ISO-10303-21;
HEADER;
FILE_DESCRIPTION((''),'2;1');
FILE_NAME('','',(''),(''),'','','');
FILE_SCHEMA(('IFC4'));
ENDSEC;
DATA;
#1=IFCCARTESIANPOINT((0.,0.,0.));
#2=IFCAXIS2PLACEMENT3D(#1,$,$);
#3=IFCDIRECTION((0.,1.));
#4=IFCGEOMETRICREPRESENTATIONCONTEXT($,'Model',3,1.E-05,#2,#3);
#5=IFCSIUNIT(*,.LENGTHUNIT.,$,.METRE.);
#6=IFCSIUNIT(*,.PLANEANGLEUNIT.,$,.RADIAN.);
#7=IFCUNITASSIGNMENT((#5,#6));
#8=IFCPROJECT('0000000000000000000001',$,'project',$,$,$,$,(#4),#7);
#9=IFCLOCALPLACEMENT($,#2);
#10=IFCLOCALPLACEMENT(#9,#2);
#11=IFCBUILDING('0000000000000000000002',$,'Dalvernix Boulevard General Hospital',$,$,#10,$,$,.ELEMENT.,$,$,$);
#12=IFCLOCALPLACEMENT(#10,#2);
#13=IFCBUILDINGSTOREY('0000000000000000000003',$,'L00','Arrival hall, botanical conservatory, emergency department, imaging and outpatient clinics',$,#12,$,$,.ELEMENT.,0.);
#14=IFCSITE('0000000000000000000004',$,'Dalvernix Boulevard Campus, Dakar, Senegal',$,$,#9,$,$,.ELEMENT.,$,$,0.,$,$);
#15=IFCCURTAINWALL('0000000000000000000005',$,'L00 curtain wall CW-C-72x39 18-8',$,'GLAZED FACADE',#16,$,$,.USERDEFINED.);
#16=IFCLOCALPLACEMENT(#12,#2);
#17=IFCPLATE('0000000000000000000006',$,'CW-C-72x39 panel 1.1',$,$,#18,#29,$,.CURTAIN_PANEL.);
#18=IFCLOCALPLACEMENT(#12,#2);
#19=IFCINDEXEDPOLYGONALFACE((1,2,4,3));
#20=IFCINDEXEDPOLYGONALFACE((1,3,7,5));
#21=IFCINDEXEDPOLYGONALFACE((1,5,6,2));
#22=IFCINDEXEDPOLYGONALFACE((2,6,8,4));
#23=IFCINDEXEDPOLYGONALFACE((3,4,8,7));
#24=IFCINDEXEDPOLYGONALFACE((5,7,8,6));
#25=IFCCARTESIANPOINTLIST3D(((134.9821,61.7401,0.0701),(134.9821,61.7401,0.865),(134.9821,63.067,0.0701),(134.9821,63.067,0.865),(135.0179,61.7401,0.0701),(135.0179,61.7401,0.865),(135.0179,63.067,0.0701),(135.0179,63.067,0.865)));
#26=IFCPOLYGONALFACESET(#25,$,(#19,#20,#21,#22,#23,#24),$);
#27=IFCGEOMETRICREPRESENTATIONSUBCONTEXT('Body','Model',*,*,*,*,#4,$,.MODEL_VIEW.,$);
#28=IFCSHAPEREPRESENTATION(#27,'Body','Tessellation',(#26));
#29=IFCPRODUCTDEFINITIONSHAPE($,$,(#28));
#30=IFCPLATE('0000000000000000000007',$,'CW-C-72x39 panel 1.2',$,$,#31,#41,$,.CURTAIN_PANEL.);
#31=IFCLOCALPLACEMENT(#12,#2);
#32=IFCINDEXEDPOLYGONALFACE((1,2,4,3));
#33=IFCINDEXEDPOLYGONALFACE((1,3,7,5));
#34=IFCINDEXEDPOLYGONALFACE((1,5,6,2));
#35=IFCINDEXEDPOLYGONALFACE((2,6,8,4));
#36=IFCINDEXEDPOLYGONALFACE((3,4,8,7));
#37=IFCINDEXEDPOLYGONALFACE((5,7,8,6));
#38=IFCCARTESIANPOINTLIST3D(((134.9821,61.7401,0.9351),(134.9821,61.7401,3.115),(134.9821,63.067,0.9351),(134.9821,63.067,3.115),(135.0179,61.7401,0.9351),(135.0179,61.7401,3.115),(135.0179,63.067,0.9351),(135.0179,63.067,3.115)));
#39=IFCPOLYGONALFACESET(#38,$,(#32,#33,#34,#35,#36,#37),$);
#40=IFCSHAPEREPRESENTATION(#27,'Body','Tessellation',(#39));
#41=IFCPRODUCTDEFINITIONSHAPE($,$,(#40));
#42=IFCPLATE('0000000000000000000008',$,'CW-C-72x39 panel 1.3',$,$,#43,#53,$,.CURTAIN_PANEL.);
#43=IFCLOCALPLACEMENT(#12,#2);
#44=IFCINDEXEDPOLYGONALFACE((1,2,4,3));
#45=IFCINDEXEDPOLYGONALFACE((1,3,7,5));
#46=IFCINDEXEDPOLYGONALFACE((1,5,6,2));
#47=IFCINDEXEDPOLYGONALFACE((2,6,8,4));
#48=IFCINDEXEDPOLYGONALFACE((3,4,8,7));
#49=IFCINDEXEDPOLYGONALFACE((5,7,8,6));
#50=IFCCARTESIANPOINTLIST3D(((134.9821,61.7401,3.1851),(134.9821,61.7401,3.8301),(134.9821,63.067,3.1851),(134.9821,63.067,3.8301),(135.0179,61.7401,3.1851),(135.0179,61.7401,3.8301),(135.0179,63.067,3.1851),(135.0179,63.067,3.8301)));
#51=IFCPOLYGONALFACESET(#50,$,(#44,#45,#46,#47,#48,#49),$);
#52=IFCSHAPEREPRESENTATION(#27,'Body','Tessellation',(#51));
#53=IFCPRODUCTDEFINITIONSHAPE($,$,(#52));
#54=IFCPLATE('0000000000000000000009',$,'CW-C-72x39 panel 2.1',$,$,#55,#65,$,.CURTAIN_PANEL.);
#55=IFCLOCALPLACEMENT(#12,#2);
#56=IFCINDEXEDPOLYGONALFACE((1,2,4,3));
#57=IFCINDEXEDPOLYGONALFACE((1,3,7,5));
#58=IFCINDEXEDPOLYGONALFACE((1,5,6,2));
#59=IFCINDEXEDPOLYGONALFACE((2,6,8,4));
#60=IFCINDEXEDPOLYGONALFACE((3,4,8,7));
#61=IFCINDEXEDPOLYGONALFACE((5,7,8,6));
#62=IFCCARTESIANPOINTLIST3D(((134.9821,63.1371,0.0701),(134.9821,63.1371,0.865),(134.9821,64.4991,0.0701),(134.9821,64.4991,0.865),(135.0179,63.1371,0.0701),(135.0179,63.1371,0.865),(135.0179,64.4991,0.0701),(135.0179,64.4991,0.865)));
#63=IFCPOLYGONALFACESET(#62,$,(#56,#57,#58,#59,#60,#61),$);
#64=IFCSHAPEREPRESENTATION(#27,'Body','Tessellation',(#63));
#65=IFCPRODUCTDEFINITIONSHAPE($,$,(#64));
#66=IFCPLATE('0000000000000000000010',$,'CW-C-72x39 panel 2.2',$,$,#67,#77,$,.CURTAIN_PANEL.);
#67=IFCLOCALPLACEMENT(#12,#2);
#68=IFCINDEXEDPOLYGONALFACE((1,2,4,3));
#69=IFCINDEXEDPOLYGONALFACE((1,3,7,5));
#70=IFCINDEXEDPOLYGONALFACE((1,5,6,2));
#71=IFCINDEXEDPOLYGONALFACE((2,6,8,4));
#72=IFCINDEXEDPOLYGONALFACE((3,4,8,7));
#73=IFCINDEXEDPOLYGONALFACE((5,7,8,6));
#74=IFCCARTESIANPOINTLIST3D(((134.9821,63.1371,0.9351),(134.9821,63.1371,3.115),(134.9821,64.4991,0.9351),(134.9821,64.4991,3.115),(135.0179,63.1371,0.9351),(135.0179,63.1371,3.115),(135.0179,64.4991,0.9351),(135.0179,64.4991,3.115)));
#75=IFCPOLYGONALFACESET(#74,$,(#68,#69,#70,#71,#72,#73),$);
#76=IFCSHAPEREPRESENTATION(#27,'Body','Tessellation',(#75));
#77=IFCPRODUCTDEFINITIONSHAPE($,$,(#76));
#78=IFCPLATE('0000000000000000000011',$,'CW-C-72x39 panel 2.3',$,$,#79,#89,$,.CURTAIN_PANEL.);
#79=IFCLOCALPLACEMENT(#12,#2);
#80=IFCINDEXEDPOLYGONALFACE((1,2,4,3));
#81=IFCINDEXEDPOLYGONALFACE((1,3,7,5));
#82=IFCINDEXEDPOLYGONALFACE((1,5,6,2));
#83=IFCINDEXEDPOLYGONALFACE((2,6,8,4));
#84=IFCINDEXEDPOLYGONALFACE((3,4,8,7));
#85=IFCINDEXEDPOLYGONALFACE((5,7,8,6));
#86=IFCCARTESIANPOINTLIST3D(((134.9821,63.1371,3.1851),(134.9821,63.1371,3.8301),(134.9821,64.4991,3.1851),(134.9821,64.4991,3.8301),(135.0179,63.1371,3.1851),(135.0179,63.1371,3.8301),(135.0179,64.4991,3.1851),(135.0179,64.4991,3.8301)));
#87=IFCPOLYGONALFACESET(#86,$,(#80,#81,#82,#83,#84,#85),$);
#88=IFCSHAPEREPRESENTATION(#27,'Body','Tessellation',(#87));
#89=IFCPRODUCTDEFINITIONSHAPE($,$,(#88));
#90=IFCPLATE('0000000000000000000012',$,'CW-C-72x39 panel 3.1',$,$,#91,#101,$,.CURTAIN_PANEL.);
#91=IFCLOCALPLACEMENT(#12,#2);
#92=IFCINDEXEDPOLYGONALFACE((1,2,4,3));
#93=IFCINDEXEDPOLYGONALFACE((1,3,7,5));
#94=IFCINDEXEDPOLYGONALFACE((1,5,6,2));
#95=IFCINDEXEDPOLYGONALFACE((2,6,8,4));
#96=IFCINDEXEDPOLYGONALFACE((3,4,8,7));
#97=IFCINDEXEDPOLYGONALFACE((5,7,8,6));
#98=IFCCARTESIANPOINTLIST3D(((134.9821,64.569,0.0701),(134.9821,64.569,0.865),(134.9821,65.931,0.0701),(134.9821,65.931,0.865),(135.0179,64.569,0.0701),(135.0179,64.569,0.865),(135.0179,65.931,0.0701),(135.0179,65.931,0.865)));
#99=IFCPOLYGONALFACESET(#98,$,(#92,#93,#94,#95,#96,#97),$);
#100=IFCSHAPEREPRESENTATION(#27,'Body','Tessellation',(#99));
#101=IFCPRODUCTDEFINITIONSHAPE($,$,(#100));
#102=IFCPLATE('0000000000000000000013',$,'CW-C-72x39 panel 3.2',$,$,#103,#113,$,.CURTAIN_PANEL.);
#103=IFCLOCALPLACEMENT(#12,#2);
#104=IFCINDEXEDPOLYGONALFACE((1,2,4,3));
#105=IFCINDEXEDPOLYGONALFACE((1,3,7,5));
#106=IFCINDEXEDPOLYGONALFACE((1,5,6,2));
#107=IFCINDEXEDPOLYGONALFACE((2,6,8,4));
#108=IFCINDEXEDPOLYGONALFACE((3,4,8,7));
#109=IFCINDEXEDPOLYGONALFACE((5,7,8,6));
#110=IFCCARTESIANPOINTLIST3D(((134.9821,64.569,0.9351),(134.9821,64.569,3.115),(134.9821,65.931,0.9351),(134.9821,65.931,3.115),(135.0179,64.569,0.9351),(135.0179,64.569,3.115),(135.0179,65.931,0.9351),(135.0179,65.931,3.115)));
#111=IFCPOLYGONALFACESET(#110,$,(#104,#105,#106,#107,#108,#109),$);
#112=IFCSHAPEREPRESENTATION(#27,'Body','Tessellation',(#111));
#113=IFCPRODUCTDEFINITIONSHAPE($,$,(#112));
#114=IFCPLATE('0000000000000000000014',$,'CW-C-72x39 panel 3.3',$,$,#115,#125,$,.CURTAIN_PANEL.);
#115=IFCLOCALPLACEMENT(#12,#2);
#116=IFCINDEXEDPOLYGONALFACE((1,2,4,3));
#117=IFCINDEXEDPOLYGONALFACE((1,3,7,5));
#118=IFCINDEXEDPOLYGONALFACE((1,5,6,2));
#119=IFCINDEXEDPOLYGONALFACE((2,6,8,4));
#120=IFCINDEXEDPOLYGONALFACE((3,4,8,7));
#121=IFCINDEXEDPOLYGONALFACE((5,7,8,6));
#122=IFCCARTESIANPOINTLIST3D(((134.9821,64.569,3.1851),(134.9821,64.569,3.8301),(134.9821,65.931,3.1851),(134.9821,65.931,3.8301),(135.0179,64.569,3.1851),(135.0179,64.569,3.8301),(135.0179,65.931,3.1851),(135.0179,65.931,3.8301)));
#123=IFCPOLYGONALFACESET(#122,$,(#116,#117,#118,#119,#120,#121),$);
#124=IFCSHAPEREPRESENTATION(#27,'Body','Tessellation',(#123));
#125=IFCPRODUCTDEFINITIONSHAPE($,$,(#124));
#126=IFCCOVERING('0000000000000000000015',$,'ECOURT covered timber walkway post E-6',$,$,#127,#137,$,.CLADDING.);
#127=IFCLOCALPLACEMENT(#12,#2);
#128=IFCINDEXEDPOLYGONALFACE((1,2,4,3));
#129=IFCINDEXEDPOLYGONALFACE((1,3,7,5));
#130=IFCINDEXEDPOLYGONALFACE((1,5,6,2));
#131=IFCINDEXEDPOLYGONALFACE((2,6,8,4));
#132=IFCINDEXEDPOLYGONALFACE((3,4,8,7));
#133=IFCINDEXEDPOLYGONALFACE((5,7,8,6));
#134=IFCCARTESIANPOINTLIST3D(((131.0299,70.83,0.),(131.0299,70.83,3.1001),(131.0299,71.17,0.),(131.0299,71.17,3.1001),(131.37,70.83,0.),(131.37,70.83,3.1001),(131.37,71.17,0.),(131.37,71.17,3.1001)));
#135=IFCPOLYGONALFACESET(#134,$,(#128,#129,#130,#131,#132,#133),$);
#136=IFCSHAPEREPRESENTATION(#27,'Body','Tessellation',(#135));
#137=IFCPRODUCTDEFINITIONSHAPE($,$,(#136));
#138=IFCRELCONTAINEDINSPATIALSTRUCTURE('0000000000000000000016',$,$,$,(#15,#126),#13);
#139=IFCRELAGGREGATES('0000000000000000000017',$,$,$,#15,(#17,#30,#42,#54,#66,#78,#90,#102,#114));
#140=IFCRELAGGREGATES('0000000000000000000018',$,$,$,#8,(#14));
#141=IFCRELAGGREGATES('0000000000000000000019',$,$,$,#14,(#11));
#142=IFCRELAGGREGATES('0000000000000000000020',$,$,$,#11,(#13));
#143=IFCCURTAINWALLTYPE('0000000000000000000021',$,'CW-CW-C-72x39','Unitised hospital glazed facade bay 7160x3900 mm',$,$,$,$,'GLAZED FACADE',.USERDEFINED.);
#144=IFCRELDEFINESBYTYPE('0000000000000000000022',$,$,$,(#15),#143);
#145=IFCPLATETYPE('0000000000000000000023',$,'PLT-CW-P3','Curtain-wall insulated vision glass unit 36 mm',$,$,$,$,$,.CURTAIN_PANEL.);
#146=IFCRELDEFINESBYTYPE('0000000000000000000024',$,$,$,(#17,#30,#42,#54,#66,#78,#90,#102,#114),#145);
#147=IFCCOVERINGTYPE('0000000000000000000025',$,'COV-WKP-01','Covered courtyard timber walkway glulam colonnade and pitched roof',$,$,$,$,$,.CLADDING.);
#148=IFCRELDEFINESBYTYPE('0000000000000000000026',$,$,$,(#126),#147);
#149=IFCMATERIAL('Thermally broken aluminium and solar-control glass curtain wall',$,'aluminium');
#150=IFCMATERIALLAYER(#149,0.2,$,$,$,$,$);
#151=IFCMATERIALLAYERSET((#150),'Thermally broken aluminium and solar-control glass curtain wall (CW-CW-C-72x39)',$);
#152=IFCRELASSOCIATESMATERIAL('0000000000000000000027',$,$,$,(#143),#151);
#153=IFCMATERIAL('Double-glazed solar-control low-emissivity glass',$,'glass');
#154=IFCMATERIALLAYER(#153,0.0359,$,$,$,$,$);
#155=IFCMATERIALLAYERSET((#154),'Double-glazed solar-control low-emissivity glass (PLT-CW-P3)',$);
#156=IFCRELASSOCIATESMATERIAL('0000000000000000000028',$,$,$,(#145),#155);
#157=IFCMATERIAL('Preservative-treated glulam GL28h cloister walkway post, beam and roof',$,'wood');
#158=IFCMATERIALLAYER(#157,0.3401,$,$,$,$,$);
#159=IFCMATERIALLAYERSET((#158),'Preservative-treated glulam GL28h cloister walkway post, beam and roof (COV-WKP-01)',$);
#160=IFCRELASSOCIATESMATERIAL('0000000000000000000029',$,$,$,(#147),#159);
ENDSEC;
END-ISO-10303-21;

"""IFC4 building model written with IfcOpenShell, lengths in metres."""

from ifc_helpers import new_model, si_unit, direction, frame, origin, origin_2d, place, context, subcontext, project, spatial, rectangle, extrude, material, layer, layer_set, type_object, element, aggregate, save


model = new_model("IFC4")

# Units and contexts
model_context = context("Model", 3, precision=1e-05, world=origin(), true_north=direction((0.0, 1.0)))
body_context = subcontext(model_context, "Body", "Model", "MODEL_VIEW")
ifc_project = project(units=[si_unit("LENGTHUNIT", "METRE"), si_unit("PLANEANGLEUNIT", "RADIAN")], contexts=[model_context])

# Site, building, storey
site_placement = place(None, origin())
site = spatial("IfcSite", under=ifc_project, at=site_placement, Name="Dalvernix Boulevard Campus, Dakar, Senegal", CompositionType="ELEMENT", RefElevation=0.0)
building_placement = place(site_placement, origin())
building = spatial("IfcBuilding", under=site, at=building_placement, Name="Dalvernix Boulevard General Hospital", CompositionType="ELEMENT")
storey_placement = place(building_placement, origin())
storey = spatial("IfcBuildingStorey", under=building, at=storey_placement, Name="L00", Description="Arrival hall, botanical conservatory, emergency department, imaging and outpatient clinics", CompositionType="ELEMENT", Elevation=0.0)

# Shared definitions
ifc_material_1 = material(Name="Thermally broken aluminium and solar-control glass curtain wall", Category="aluminium")

# Curtain wall
ifc_layer_1 = layer(ifc_material_1, 0.2)
ifc_layer_set_1 = layer_set([ifc_layer_1], Name="Thermally broken aluminium and solar-control glass curtain wall (CW-CW-C-72x39)")
curtain_wall_type_1 = type_object("IfcCurtainWallType", Name="CW-CW-C-72x39", Description="Unitised hospital glazed facade bay 7160x3900 mm", ElementType="GLAZED FACADE", PredefinedType="USERDEFINED", material=ifc_layer_set_1)
curtain_wall_1_placement = place(storey_placement, origin())
curtain_wall_1 = element("IfcCurtainWall", 1, at=curtain_wall_1_placement, inside=storey, type_object=curtain_wall_type_1, Name="L00 curtain wall CW-C-72x39 18-8", ObjectType="GLAZED FACADE", PredefinedType="USERDEFINED")

# Plates
ifc_material_2 = material(Name="Double-glazed solar-control low-emissivity glass", Category="glass")
ifc_layer_2 = layer(ifc_material_2, 0.0359)
ifc_layer_set_2 = layer_set([ifc_layer_2], Name="Double-glazed solar-control low-emissivity glass (PLT-CW-P3)")
plate_type_1 = type_object("IfcPlateType", Name="PLT-CW-P3", Description="Curtain-wall insulated vision glass unit 36 mm", PredefinedType="CURTAIN_PANEL", material=ifc_layer_set_2)
plate_1_placement = place(storey_placement, frame((135.0, 62.4036, 0.0701), z_axis=(0.0, 0.0, 1.0), x_axis=(0.0, 1.0, 0.0)))
plate_1 = element("IfcPlate", 2, at=plate_1_placement, type_object=plate_type_1, Name="CW-C-72x39 panel 1.1", PredefinedType="CURTAIN_PANEL", context=body_context, shape_type="SweptSolid", body=[
    extrude(rectangle(XDim=1.3269, YDim=0.0359, at=origin_2d()), origin(), (0.0, 0.0, 1.0), 0.7949),
])
plate_2_placement = place(storey_placement, frame((135.0, 62.4036, 0.9351), z_axis=(0.0, 0.0, 1.0), x_axis=(0.0, 1.0, 0.0)))
plate_2 = element("IfcPlate", 3, at=plate_2_placement, type_object=plate_type_1, Name="CW-C-72x39 panel 1.2", PredefinedType="CURTAIN_PANEL", context=body_context, shape_type="SweptSolid", body=[
    extrude(rectangle(XDim=1.3269, YDim=0.0359, at=origin_2d()), origin(), (0.0, 0.0, 1.0), 2.1799),
])
plate_3_placement = place(storey_placement, frame((135.0, 62.4036, 3.1851), z_axis=(0.0, 0.0, 1.0), x_axis=(0.0, 1.0, 0.0)))
plate_3 = element("IfcPlate", 4, at=plate_3_placement, type_object=plate_type_1, Name="CW-C-72x39 panel 1.3", PredefinedType="CURTAIN_PANEL", context=body_context, shape_type="SweptSolid", body=[
    extrude(rectangle(XDim=1.3269, YDim=0.0359, at=origin_2d()), origin(), (0.0, 0.0, 1.0), 0.645),
])
plate_4_placement = place(storey_placement, frame((135.0, 63.8181, 0.0701), z_axis=(0.0, 0.0, 1.0), x_axis=(0.0, 1.0, 0.0)))
plate_4 = element("IfcPlate", 5, at=plate_4_placement, type_object=plate_type_1, Name="CW-C-72x39 panel 2.1", PredefinedType="CURTAIN_PANEL", context=body_context, shape_type="SweptSolid", body=[
    extrude(rectangle(XDim=1.3621, YDim=0.0359, at=origin_2d()), origin(), (0.0, 0.0, 1.0), 0.7949),
])
plate_5_placement = place(storey_placement, frame((135.0, 63.8181, 0.9351), z_axis=(0.0, 0.0, 1.0), x_axis=(0.0, 1.0, 0.0)))
plate_5 = element("IfcPlate", 6, at=plate_5_placement, type_object=plate_type_1, Name="CW-C-72x39 panel 2.2", PredefinedType="CURTAIN_PANEL", context=body_context, shape_type="SweptSolid", body=[
    extrude(rectangle(XDim=1.3621, YDim=0.0359, at=origin_2d()), origin(), (0.0, 0.0, 1.0), 2.1799),
])
plate_6_placement = place(storey_placement, frame((135.0, 63.8181, 3.1851), z_axis=(0.0, 0.0, 1.0), x_axis=(0.0, 1.0, 0.0)))
plate_6 = element("IfcPlate", 7, at=plate_6_placement, type_object=plate_type_1, Name="CW-C-72x39 panel 2.3", PredefinedType="CURTAIN_PANEL", context=body_context, shape_type="SweptSolid", body=[
    extrude(rectangle(XDim=1.3621, YDim=0.0359, at=origin_2d()), origin(), (0.0, 0.0, 1.0), 0.645),
])
plate_7_placement = place(storey_placement, frame((135.0, 65.25, 0.0701), z_axis=(0.0, 0.0, 1.0), x_axis=(0.0, 1.0, 0.0)))
plate_7 = element("IfcPlate", 8, at=plate_7_placement, type_object=plate_type_1, Name="CW-C-72x39 panel 3.1", PredefinedType="CURTAIN_PANEL", context=body_context, shape_type="SweptSolid", body=[
    extrude(rectangle(XDim=1.3621, YDim=0.0359, at=origin_2d()), origin(), (0.0, 0.0, 1.0), 0.7949),
])
plate_8_placement = place(storey_placement, frame((135.0, 65.25, 0.9351), z_axis=(0.0, 0.0, 1.0), x_axis=(0.0, 1.0, 0.0)))
plate_8 = element("IfcPlate", 9, at=plate_8_placement, type_object=plate_type_1, Name="CW-C-72x39 panel 3.2", PredefinedType="CURTAIN_PANEL", context=body_context, shape_type="SweptSolid", body=[
    extrude(rectangle(XDim=1.3621, YDim=0.0359, at=origin_2d()), origin(), (0.0, 0.0, 1.0), 2.1799),
])
plate_9_placement = place(storey_placement, frame((135.0, 65.25, 3.1851), z_axis=(0.0, 0.0, 1.0), x_axis=(0.0, 1.0, 0.0)))
plate_9 = element("IfcPlate", 10, at=plate_9_placement, type_object=plate_type_1, Name="CW-C-72x39 panel 3.3", PredefinedType="CURTAIN_PANEL", context=body_context, shape_type="SweptSolid", body=[
    extrude(rectangle(XDim=1.3621, YDim=0.0359, at=origin_2d()), origin(), (0.0, 0.0, 1.0), 0.645),
])
aggregate(curtain_wall_1, [plate_1, plate_2, plate_3, plate_4, plate_5, plate_6, plate_7, plate_8, plate_9])

# Covering
ifc_material_3 = material(Name="Preservative-treated glulam GL28h cloister walkway post, beam and roof", Category="wood")
ifc_layer_3 = layer(ifc_material_3, 0.3401)
ifc_layer_set_3 = layer_set([ifc_layer_3], Name="Preservative-treated glulam GL28h cloister walkway post, beam and roof (COV-WKP-01)")
covering_type = type_object("IfcCoveringType", Name="COV-WKP-01", Description="Covered courtyard timber walkway glulam colonnade and pitched roof", PredefinedType="CLADDING", material=ifc_layer_set_3)
covering_placement = place(storey_placement, frame((131.2, 71.0, 0.0), z_axis=(0.0, 0.0, 1.0), x_axis=(1.0, 0.0, 0.0)))
element("IfcCovering", 11, at=covering_placement, inside=storey, type_object=covering_type, Name="ECOURT covered timber walkway post E-6", PredefinedType="CLADDING", context=body_context, shape_type="SweptSolid", body=[
    extrude(rectangle(XDim=0.3401, YDim=0.3401, at=origin_2d()), origin(), (0.0, 0.0, 1.0), 3.1001),
])

save(model, "model.ifc")
